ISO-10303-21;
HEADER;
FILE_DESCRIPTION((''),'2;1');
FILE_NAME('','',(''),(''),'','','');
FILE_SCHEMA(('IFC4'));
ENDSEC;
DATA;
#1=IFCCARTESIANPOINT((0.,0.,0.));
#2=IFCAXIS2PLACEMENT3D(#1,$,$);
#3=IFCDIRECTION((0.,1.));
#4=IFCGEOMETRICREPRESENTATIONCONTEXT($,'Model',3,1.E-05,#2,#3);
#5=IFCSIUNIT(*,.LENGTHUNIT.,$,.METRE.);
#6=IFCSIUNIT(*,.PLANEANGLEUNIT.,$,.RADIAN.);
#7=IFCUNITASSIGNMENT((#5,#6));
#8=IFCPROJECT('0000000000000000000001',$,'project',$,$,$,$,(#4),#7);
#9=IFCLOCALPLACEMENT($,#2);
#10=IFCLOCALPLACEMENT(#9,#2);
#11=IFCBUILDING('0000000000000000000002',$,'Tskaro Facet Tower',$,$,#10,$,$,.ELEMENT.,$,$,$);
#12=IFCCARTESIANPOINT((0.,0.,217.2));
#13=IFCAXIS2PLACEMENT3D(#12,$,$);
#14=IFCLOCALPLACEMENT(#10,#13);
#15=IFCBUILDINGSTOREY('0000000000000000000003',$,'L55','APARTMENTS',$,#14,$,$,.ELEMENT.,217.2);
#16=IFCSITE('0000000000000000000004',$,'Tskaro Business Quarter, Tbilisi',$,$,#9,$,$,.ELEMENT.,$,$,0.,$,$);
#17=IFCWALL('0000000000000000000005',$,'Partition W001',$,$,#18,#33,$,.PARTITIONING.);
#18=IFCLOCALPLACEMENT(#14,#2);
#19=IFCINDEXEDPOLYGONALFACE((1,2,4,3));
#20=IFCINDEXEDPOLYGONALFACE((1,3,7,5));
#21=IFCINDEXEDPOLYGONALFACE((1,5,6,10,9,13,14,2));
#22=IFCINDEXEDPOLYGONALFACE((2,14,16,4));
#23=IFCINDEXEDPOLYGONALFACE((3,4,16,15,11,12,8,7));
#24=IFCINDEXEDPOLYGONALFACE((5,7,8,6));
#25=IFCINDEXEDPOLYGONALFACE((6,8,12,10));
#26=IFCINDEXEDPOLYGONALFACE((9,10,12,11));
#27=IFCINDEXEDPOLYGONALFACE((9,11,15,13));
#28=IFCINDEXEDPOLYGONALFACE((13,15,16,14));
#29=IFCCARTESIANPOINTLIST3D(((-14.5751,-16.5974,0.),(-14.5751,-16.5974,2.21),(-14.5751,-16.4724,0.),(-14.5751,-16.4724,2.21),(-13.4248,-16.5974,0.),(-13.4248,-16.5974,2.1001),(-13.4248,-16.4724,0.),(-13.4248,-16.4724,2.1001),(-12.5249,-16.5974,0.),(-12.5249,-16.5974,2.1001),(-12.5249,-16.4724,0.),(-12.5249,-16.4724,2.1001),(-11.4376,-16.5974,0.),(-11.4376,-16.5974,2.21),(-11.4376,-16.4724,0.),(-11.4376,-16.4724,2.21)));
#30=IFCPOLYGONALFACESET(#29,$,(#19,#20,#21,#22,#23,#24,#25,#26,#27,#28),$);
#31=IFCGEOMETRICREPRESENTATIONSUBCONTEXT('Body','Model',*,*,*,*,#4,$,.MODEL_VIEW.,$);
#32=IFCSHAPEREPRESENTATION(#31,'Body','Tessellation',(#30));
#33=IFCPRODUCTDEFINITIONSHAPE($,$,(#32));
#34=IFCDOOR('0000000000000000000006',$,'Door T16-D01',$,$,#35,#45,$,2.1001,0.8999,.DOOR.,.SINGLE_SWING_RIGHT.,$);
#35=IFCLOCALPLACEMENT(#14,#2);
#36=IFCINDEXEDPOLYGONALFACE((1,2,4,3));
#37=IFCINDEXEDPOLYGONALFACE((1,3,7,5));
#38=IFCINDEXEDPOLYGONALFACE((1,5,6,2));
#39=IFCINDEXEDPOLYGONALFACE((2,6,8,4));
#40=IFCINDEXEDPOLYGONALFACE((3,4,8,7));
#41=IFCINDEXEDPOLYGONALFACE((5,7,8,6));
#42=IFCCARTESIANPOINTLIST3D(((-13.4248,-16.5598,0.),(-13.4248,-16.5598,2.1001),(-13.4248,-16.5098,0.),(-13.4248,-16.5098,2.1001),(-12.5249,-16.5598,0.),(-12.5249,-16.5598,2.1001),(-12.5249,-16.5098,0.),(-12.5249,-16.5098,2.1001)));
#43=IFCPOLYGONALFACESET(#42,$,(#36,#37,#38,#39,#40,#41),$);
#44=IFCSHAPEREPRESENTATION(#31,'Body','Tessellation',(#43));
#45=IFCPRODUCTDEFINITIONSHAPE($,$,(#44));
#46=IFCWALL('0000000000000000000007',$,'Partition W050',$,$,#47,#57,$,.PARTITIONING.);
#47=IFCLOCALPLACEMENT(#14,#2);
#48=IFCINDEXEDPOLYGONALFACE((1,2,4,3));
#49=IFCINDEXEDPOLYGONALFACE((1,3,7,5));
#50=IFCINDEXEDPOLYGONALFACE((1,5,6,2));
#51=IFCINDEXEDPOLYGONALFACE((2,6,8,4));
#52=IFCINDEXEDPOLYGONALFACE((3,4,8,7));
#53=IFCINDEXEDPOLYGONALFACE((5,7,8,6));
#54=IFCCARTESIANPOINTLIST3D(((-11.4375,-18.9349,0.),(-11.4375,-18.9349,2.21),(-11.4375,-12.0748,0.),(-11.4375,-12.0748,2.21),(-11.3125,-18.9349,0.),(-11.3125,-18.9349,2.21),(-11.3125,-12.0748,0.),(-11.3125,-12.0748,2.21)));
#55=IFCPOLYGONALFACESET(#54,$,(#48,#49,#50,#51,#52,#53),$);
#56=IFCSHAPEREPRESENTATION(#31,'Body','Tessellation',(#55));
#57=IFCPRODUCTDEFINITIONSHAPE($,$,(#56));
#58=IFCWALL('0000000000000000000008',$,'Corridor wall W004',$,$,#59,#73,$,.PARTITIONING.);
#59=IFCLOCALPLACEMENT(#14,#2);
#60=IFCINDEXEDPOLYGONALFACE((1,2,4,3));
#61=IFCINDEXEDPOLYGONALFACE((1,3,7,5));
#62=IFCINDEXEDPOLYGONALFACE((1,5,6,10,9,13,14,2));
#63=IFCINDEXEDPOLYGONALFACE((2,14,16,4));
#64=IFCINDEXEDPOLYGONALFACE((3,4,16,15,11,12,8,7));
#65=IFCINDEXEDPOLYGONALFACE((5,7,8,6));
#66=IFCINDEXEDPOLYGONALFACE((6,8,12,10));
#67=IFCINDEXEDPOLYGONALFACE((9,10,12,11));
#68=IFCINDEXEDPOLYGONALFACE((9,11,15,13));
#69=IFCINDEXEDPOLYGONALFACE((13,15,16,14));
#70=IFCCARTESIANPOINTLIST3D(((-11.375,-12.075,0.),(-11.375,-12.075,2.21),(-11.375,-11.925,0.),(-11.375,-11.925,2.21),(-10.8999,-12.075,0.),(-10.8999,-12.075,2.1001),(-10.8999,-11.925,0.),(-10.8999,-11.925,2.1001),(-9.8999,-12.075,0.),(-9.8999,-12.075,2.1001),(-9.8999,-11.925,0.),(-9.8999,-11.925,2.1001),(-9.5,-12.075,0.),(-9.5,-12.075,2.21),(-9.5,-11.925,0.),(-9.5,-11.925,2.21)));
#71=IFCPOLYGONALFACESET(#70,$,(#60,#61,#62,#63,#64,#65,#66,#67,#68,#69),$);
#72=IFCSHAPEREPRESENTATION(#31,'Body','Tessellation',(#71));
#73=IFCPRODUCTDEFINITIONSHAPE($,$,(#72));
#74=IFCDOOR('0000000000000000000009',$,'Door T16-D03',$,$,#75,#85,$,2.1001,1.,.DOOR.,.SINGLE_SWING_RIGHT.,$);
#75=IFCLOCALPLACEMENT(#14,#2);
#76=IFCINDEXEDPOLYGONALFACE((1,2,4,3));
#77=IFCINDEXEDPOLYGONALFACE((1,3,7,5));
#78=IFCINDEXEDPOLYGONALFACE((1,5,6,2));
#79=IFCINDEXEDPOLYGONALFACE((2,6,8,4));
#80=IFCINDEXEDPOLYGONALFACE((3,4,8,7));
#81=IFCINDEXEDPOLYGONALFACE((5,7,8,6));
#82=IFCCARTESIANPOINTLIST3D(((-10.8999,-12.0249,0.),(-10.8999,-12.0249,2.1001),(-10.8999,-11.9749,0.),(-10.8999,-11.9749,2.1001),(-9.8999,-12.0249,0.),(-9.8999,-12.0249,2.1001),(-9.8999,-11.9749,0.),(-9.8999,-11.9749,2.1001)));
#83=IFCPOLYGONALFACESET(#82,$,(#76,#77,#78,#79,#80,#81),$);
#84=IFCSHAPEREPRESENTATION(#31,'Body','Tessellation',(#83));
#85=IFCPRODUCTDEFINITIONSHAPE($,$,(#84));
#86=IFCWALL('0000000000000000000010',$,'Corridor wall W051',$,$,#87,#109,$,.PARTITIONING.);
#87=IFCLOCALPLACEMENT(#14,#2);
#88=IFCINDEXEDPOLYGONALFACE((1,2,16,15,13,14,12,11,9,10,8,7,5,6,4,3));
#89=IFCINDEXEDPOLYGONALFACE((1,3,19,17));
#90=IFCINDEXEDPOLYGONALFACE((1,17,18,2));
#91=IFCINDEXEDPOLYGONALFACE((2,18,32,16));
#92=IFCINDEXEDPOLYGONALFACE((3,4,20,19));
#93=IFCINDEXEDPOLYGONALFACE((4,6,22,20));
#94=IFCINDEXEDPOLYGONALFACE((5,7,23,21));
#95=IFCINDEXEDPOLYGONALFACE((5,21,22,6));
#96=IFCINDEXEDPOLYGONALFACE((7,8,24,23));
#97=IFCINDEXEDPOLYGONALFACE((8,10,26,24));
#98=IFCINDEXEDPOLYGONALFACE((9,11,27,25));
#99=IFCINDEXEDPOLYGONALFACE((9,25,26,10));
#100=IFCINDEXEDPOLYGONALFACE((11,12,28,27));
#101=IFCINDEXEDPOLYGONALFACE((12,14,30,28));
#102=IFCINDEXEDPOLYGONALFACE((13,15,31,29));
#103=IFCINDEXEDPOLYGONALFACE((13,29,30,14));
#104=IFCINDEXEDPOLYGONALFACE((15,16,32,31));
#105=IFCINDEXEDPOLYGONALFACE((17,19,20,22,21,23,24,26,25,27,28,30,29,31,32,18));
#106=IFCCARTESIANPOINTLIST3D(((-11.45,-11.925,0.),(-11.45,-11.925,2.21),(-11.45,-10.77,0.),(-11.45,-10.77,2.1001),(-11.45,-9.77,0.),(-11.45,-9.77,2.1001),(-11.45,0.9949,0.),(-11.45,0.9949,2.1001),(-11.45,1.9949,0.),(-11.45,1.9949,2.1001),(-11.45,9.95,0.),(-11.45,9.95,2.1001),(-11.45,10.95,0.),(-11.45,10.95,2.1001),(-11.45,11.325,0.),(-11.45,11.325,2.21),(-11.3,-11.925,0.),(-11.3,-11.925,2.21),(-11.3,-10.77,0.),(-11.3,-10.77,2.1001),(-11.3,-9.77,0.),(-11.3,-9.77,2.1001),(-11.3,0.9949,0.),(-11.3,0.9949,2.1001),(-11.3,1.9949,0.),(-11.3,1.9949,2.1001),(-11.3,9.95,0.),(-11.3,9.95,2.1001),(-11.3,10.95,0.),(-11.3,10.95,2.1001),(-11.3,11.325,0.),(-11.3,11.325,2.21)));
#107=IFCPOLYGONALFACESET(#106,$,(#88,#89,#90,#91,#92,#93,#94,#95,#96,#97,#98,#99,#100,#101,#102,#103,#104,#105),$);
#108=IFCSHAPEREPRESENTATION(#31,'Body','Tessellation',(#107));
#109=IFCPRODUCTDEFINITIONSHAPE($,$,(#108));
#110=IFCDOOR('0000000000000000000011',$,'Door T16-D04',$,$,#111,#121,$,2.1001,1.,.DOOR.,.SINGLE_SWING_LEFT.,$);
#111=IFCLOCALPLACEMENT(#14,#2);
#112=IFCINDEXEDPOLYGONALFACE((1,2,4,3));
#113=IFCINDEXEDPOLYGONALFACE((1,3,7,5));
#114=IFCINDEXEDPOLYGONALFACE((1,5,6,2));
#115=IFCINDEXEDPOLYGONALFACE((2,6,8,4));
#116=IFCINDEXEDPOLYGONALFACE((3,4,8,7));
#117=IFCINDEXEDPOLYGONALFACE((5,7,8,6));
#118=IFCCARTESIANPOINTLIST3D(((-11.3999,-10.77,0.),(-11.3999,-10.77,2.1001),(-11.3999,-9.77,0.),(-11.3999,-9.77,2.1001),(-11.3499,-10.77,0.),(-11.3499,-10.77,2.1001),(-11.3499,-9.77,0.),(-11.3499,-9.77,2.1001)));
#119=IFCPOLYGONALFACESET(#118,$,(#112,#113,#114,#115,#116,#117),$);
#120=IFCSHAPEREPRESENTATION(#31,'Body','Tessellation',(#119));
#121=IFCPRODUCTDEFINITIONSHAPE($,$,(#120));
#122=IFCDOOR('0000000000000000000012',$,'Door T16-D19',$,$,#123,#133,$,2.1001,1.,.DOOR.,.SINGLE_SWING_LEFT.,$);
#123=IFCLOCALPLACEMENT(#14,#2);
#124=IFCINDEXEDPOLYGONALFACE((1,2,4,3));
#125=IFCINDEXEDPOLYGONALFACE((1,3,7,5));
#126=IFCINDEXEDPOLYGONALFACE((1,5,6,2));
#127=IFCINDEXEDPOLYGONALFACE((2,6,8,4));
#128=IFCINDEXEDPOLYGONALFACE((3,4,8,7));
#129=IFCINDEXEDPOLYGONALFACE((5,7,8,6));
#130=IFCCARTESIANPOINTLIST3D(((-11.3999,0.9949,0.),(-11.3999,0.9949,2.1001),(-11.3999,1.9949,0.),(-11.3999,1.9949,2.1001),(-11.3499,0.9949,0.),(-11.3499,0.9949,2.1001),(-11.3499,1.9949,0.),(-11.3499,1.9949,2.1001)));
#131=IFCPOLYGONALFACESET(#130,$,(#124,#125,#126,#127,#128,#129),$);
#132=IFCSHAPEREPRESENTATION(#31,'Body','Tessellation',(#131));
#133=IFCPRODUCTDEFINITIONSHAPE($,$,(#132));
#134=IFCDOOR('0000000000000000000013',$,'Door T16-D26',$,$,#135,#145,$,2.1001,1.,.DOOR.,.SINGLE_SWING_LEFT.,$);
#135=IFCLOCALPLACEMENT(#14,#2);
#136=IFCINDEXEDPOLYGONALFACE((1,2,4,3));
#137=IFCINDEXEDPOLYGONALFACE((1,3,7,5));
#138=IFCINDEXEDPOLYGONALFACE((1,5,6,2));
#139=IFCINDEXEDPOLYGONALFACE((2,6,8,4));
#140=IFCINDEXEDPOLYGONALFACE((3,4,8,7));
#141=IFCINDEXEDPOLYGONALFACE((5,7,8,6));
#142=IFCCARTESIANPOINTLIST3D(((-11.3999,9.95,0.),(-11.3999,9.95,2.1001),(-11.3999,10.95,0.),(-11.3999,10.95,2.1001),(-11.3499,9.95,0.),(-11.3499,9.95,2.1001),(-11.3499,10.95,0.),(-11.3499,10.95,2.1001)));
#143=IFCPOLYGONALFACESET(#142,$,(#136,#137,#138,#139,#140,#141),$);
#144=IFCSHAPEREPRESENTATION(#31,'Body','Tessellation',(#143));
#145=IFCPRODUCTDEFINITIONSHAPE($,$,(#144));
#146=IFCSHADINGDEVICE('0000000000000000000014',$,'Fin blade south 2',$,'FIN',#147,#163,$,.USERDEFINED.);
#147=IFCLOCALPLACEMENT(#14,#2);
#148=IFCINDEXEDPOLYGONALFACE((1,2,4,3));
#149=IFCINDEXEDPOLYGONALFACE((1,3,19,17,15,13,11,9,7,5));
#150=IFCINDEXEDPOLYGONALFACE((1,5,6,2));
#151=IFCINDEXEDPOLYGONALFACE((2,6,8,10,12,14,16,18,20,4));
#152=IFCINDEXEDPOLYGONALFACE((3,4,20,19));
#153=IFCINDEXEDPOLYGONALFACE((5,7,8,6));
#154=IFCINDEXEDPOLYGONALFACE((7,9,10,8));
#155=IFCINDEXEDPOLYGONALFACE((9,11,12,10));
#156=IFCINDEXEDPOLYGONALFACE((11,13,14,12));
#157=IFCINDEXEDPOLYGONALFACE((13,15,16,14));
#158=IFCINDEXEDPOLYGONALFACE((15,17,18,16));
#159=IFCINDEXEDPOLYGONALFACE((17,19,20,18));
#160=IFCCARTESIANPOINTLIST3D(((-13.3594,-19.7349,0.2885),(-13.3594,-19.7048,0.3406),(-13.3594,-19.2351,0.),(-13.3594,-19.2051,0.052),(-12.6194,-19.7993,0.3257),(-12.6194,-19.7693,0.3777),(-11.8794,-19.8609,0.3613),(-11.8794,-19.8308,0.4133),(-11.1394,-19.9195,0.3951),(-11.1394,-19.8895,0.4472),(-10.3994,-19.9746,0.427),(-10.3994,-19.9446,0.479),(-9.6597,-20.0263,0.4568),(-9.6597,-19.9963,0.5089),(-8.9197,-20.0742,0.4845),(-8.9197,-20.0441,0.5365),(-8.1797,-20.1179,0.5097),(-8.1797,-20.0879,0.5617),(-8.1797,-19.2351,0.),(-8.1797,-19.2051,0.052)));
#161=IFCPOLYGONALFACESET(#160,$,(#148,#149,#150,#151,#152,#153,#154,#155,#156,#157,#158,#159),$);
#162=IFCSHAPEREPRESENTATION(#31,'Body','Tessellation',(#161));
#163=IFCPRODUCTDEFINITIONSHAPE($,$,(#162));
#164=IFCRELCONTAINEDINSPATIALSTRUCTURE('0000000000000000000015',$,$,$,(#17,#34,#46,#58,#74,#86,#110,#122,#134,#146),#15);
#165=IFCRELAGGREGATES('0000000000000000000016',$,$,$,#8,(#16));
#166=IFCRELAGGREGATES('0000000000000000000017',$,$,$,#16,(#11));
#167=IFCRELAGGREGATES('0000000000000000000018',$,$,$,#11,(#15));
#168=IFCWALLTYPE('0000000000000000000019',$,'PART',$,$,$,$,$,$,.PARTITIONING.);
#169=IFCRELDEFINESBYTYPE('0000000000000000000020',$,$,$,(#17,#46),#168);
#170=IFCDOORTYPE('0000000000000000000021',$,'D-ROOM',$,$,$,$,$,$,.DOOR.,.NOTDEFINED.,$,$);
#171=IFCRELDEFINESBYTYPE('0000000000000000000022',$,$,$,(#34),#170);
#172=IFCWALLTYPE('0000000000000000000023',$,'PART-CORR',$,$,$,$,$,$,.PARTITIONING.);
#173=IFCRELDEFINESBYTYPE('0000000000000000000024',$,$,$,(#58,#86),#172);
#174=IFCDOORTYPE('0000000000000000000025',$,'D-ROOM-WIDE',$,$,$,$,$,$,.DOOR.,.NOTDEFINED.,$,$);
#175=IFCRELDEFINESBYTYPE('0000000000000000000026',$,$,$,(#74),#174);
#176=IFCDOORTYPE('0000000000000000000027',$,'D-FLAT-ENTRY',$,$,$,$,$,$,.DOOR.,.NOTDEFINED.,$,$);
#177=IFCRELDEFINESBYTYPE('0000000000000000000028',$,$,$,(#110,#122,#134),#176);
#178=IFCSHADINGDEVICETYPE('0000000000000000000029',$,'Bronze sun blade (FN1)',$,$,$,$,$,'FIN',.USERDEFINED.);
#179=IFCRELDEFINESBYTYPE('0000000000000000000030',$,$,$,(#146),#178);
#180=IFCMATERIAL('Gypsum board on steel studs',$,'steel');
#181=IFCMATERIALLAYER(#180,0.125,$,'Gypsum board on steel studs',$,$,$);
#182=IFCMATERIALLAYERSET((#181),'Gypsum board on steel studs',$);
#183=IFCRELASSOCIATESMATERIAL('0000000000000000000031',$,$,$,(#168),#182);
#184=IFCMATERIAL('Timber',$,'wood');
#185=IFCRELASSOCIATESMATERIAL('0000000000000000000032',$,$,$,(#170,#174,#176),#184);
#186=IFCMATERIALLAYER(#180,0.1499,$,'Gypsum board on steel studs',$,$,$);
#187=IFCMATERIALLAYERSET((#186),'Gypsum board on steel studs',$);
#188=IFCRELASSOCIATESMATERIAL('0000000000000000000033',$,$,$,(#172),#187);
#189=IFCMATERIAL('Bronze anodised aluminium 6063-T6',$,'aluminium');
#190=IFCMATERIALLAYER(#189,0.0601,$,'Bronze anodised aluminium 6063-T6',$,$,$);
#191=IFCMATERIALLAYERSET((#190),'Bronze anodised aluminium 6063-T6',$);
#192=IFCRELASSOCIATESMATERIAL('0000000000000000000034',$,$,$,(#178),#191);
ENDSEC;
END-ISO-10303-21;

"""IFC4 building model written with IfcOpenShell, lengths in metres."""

from ifc_helpers import new_model, si_unit, direction, frame, frame_2d, origin, place, context, subcontext, project, spatial, polyline, rectangle, outline, extrude, material, layer, layer_set, type_object, element, fill, save


model = new_model("IFC4")

# Units and contexts
model_context = context("Model", 3, precision=1e-05, world=origin(), true_north=direction((0.0, 1.0)))
body_context = subcontext(model_context, "Body", "Model", "MODEL_VIEW")
ifc_project = project(units=[si_unit("LENGTHUNIT", "METRE"), si_unit("PLANEANGLEUNIT", "RADIAN")], contexts=[model_context])

# Site, building, storey
site_placement = place(None, origin())
site = spatial("IfcSite", under=ifc_project, at=site_placement, Name="Tskaro Business Quarter, Tbilisi", CompositionType="ELEMENT", RefElevation=0.0)
building_placement = place(site_placement, origin())
building = spatial("IfcBuilding", under=site, at=building_placement, Name="Tskaro Facet Tower", CompositionType="ELEMENT")
storey_placement = place(building_placement, frame((0.0, 0.0, 217.2)))
storey = spatial("IfcBuildingStorey", under=building, at=storey_placement, Name="L55", Description="APARTMENTS", CompositionType="ELEMENT", Elevation=217.2)

# Shared definitions
ifc_material_1 = material(Name="Bronze anodised aluminium 6063-T6", Category="aluminium")

# Wall, opening, door
ifc_material_2 = material(Name="Gypsum board on steel studs", Category="steel")
ifc_layer_1 = layer(ifc_material_2, 0.125, Name="Gypsum board on steel studs")
ifc_layer_set_1 = layer_set([ifc_layer_1], Name="Gypsum board on steel studs")
wall_type_1 = type_object("IfcWallType", Name="PART", PredefinedType="PARTITIONING", material=ifc_layer_set_1)
wall_1_placement = place(storey_placement, frame((-11.4375, -16.5349, 0.0), z_axis=(0.0, 0.0, 1.0), x_axis=(-1.0, 0.0, 0.0)))
wall_1 = element("IfcWall", 1, at=wall_1_placement, inside=storey, type_object=wall_type_1, Name="Partition W001", PredefinedType="PARTITIONING", context=body_context, shape_type="SweptSolid", body=[
    extrude(rectangle(XDim=3.1375, YDim=0.125, at=frame_2d((1.5688, 0.0))), origin(), (0.0, 0.0, 1.0), 2.21),
])
opening_1_placement = place(wall_1_placement, frame((1.0874, 0.0, 0.0)))
opening_1 = element("IfcOpeningElement", 2, at=opening_1_placement, cuts=wall_1, PredefinedType="OPENING", context=body_context, shape_type="SweptSolid", body=[
    extrude(rectangle(XDim=0.8999, YDim=2.1001, at=frame_2d((0.45, 1.05))), frame((0.0, 0.0725, 0.0), z_axis=(0.0, -1.0, 0.0), x_axis=(1.0, 0.0, 0.0)), (0.0, 0.0, 1.0), 0.145),
])
ifc_material_3 = material(Name="Timber", Category="wood")
door_type_1 = type_object("IfcDoorType", Name="D-ROOM", OperationType="NOTDEFINED", PredefinedType="DOOR", material=ifc_material_3)
door_1_placement = place(opening_1_placement, origin())
door_1 = element("IfcDoor", 3, at=door_1_placement, inside=storey, type_object=door_type_1, Name="Door T16-D01", OperationType="SINGLE_SWING_RIGHT", OverallHeight=2.1001, OverallWidth=0.8999, PredefinedType="DOOR", context=body_context, shape_type="SweptSolid", body=[
    extrude(rectangle(XDim=0.8999, YDim=2.1001, at=frame_2d((0.45, 1.05))), frame((0.0, 0.0249, 0.0), z_axis=(0.0, -1.0, 0.0), x_axis=(1.0, 0.0, 0.0)), (0.0, 0.0, 1.0), 0.05),
])
fill(opening_1, door_1)

# Wall
wall_2_placement = place(storey_placement, frame((-11.375, -18.9351, 0.0), z_axis=(0.0, 0.0, 1.0), x_axis=(0.0, 1.0, 0.0)))
element("IfcWall", 4, at=wall_2_placement, inside=storey, type_object=wall_type_1, Name="Partition W050", PredefinedType="PARTITIONING", context=body_context, shape_type="SweptSolid", body=[
    extrude(rectangle(XDim=6.8601, YDim=0.125, at=frame_2d((3.4302, 0.0))), origin(), (0.0, 0.0, 1.0), 2.21),
])

# Wall, opening, door
ifc_layer_2 = layer(ifc_material_2, 0.1499, Name="Gypsum board on steel studs")
ifc_layer_set_2 = layer_set([ifc_layer_2], Name="Gypsum board on steel studs")
wall_type_2 = type_object("IfcWallType", Name="PART-CORR", PredefinedType="PARTITIONING", material=ifc_layer_set_2)
wall_3_placement = place(storey_placement, frame((-9.5, -12.0, 0.0), z_axis=(0.0, 0.0, 1.0), x_axis=(-1.0, 0.0, 0.0)))
wall_3 = element("IfcWall", 5, at=wall_3_placement, inside=storey, type_object=wall_type_2, Name="Corridor wall W004", PredefinedType="PARTITIONING", context=body_context, shape_type="SweptSolid", body=[
    extrude(rectangle(XDim=1.875, YDim=0.1499, at=frame_2d((0.9375, 0.0))), origin(), (0.0, 0.0, 1.0), 2.21),
])
opening_2_placement = place(wall_3_placement, frame((0.3999, 0.0, 0.0)))
opening_2 = element("IfcOpeningElement", 6, at=opening_2_placement, cuts=wall_3, PredefinedType="OPENING", context=body_context, shape_type="SweptSolid", body=[
    extrude(rectangle(XDim=1.0, YDim=2.1001, at=frame_2d((0.5, 1.05))), frame((0.0, 0.085, 0.0), z_axis=(0.0, -1.0, 0.0), x_axis=(1.0, 0.0, 0.0)), (0.0, 0.0, 1.0), 0.1699),
])
door_type_2 = type_object("IfcDoorType", Name="D-ROOM-WIDE", OperationType="NOTDEFINED", PredefinedType="DOOR", material=ifc_material_3)
door_2_placement = place(opening_2_placement, origin())
door_2 = element("IfcDoor", 7, at=door_2_placement, inside=storey, type_object=door_type_2, Name="Door T16-D03", OperationType="SINGLE_SWING_RIGHT", OverallHeight=2.1001, OverallWidth=1.0, PredefinedType="DOOR", context=body_context, shape_type="SweptSolid", body=[
    extrude(rectangle(XDim=1.0, YDim=2.1001, at=frame_2d((0.5, 1.05))), frame((0.0, 0.0249, 0.0), z_axis=(0.0, -1.0, 0.0), x_axis=(1.0, 0.0, 0.0)), (0.0, 0.0, 1.0), 0.05),
])
fill(opening_2, door_2)

# Wall, openings, doors
wall_4_placement = place(storey_placement, frame((-11.375, -11.925, 0.0), z_axis=(0.0, 0.0, 1.0), x_axis=(0.0, 1.0, 0.0)))
wall_4 = element("IfcWall", 8, at=wall_4_placement, inside=storey, type_object=wall_type_2, Name="Corridor wall W051", PredefinedType="PARTITIONING", context=body_context, shape_type="SweptSolid", body=[
    extrude(rectangle(XDim=23.25, YDim=0.1499, at=frame_2d((11.625, 0.0))), origin(), (0.0, 0.0, 1.0), 2.21),
])
opening_3_placement = place(wall_4_placement, frame((1.155, 0.0, 0.0)))
opening_3 = element("IfcOpeningElement", 9, at=opening_3_placement, cuts=wall_4, PredefinedType="OPENING", context=body_context, shape_type="SweptSolid", body=[
    extrude(rectangle(XDim=1.0, YDim=2.1001, at=frame_2d((0.5, 1.05))), frame((0.0, 0.085, 0.0), z_axis=(0.0, -1.0, 0.0), x_axis=(1.0, 0.0, 0.0)), (0.0, 0.0, 1.0), 0.1699),
])
opening_4_placement = place(wall_4_placement, frame((12.9199, 0.0, 0.0)))
opening_4 = element("IfcOpeningElement", 10, at=opening_4_placement, cuts=wall_4, PredefinedType="OPENING", context=body_context, shape_type="SweptSolid", body=[
    extrude(rectangle(XDim=1.0, YDim=2.1001, at=frame_2d((0.5, 1.05))), frame((0.0, 0.085, 0.0), z_axis=(0.0, -1.0, 0.0), x_axis=(1.0, 0.0, 0.0)), (0.0, 0.0, 1.0), 0.1699),
])
opening_5_placement = place(wall_4_placement, frame((21.875, 0.0, 0.0)))
opening_5 = element("IfcOpeningElement", 11, at=opening_5_placement, cuts=wall_4, PredefinedType="OPENING", context=body_context, shape_type="SweptSolid", body=[
    extrude(rectangle(XDim=1.0, YDim=2.1001, at=frame_2d((0.5, 1.05))), frame((0.0, 0.085, 0.0), z_axis=(0.0, -1.0, 0.0), x_axis=(1.0, 0.0, 0.0)), (0.0, 0.0, 1.0), 0.1699),
])
door_type_3 = type_object("IfcDoorType", Name="D-FLAT-ENTRY", OperationType="NOTDEFINED", PredefinedType="DOOR", material=ifc_material_3)
door_3_placement = place(opening_3_placement, origin())
door_3 = element("IfcDoor", 12, at=door_3_placement, inside=storey, type_object=door_type_3, Name="Door T16-D04", OperationType="SINGLE_SWING_LEFT", OverallHeight=2.1001, OverallWidth=1.0, PredefinedType="DOOR", context=body_context, shape_type="SweptSolid", body=[
    extrude(rectangle(XDim=1.0, YDim=2.1001, at=frame_2d((0.5, 1.05))), frame((0.0, 0.0249, 0.0), z_axis=(0.0, -1.0, 0.0), x_axis=(1.0, 0.0, 0.0)), (0.0, 0.0, 1.0), 0.05),
])
fill(opening_3, door_3)
door_4_placement = place(opening_4_placement, origin())
door_4 = element("IfcDoor", 13, at=door_4_placement, inside=storey, type_object=door_type_3, Name="Door T16-D19", OperationType="SINGLE_SWING_LEFT", OverallHeight=2.1001, OverallWidth=1.0, PredefinedType="DOOR", context=body_context, shape_type="SweptSolid", body=[
    extrude(rectangle(XDim=1.0, YDim=2.1001, at=frame_2d((0.5, 1.05))), frame((0.0, 0.0249, 0.0), z_axis=(0.0, -1.0, 0.0), x_axis=(1.0, 0.0, 0.0)), (0.0, 0.0, 1.0), 0.05),
])
fill(opening_4, door_4)
door_5_placement = place(opening_5_placement, origin())
door_5 = element("IfcDoor", 14, at=door_5_placement, inside=storey, type_object=door_type_3, Name="Door T16-D26", OperationType="SINGLE_SWING_LEFT", OverallHeight=2.1001, OverallWidth=1.0, PredefinedType="DOOR", context=body_context, shape_type="SweptSolid", body=[
    extrude(rectangle(XDim=1.0, YDim=2.1001, at=frame_2d((0.5, 1.05))), frame((0.0, 0.0249, 0.0), z_axis=(0.0, -1.0, 0.0), x_axis=(1.0, 0.0, 0.0)), (0.0, 0.0, 1.0), 0.05),
])
fill(opening_5, door_5)

# Shading device
ifc_layer_3 = layer(ifc_material_1, 0.0601, Name="Bronze anodised aluminium 6063-T6")
ifc_layer_set_3 = layer_set([ifc_layer_3], Name="Bronze anodised aluminium 6063-T6")
shading_device_type = type_object("IfcShadingDeviceType", Name="Bronze sun blade (FN1)", ElementType="FIN", PredefinedType="USERDEFINED", material=ifc_layer_set_3)
shading_device_1_placement = place(storey_placement, frame((-13.3594, -19.2051, 0.052), z_axis=(-0.000003, 0.500018, 0.866015), x_axis=(1.0, 0.000002, 0.000003)))
element("IfcShadingDevice", 15, at=shading_device_1_placement, inside=storey, type_object=shading_device_type, Name="Fin blade south 2", ObjectType="FIN", PredefinedType="USERDEFINED", context=body_context, shape_type="SweptSolid", body=[
    extrude(outline(polyline([(0.0, 0.0), (5.1797, 0.0), (5.1797, -1.0194), (4.4397, -0.9689), (3.6997, -0.9136), (2.96, -0.8539), (2.22, -0.7903), (1.48, -0.7226), (0.74, -0.6515), (0.0, -0.5771), (0.0, 0.0)])), origin(), (0.0, 0.0, -1.0), 0.0601),
])

save(model, "model.ifc")
